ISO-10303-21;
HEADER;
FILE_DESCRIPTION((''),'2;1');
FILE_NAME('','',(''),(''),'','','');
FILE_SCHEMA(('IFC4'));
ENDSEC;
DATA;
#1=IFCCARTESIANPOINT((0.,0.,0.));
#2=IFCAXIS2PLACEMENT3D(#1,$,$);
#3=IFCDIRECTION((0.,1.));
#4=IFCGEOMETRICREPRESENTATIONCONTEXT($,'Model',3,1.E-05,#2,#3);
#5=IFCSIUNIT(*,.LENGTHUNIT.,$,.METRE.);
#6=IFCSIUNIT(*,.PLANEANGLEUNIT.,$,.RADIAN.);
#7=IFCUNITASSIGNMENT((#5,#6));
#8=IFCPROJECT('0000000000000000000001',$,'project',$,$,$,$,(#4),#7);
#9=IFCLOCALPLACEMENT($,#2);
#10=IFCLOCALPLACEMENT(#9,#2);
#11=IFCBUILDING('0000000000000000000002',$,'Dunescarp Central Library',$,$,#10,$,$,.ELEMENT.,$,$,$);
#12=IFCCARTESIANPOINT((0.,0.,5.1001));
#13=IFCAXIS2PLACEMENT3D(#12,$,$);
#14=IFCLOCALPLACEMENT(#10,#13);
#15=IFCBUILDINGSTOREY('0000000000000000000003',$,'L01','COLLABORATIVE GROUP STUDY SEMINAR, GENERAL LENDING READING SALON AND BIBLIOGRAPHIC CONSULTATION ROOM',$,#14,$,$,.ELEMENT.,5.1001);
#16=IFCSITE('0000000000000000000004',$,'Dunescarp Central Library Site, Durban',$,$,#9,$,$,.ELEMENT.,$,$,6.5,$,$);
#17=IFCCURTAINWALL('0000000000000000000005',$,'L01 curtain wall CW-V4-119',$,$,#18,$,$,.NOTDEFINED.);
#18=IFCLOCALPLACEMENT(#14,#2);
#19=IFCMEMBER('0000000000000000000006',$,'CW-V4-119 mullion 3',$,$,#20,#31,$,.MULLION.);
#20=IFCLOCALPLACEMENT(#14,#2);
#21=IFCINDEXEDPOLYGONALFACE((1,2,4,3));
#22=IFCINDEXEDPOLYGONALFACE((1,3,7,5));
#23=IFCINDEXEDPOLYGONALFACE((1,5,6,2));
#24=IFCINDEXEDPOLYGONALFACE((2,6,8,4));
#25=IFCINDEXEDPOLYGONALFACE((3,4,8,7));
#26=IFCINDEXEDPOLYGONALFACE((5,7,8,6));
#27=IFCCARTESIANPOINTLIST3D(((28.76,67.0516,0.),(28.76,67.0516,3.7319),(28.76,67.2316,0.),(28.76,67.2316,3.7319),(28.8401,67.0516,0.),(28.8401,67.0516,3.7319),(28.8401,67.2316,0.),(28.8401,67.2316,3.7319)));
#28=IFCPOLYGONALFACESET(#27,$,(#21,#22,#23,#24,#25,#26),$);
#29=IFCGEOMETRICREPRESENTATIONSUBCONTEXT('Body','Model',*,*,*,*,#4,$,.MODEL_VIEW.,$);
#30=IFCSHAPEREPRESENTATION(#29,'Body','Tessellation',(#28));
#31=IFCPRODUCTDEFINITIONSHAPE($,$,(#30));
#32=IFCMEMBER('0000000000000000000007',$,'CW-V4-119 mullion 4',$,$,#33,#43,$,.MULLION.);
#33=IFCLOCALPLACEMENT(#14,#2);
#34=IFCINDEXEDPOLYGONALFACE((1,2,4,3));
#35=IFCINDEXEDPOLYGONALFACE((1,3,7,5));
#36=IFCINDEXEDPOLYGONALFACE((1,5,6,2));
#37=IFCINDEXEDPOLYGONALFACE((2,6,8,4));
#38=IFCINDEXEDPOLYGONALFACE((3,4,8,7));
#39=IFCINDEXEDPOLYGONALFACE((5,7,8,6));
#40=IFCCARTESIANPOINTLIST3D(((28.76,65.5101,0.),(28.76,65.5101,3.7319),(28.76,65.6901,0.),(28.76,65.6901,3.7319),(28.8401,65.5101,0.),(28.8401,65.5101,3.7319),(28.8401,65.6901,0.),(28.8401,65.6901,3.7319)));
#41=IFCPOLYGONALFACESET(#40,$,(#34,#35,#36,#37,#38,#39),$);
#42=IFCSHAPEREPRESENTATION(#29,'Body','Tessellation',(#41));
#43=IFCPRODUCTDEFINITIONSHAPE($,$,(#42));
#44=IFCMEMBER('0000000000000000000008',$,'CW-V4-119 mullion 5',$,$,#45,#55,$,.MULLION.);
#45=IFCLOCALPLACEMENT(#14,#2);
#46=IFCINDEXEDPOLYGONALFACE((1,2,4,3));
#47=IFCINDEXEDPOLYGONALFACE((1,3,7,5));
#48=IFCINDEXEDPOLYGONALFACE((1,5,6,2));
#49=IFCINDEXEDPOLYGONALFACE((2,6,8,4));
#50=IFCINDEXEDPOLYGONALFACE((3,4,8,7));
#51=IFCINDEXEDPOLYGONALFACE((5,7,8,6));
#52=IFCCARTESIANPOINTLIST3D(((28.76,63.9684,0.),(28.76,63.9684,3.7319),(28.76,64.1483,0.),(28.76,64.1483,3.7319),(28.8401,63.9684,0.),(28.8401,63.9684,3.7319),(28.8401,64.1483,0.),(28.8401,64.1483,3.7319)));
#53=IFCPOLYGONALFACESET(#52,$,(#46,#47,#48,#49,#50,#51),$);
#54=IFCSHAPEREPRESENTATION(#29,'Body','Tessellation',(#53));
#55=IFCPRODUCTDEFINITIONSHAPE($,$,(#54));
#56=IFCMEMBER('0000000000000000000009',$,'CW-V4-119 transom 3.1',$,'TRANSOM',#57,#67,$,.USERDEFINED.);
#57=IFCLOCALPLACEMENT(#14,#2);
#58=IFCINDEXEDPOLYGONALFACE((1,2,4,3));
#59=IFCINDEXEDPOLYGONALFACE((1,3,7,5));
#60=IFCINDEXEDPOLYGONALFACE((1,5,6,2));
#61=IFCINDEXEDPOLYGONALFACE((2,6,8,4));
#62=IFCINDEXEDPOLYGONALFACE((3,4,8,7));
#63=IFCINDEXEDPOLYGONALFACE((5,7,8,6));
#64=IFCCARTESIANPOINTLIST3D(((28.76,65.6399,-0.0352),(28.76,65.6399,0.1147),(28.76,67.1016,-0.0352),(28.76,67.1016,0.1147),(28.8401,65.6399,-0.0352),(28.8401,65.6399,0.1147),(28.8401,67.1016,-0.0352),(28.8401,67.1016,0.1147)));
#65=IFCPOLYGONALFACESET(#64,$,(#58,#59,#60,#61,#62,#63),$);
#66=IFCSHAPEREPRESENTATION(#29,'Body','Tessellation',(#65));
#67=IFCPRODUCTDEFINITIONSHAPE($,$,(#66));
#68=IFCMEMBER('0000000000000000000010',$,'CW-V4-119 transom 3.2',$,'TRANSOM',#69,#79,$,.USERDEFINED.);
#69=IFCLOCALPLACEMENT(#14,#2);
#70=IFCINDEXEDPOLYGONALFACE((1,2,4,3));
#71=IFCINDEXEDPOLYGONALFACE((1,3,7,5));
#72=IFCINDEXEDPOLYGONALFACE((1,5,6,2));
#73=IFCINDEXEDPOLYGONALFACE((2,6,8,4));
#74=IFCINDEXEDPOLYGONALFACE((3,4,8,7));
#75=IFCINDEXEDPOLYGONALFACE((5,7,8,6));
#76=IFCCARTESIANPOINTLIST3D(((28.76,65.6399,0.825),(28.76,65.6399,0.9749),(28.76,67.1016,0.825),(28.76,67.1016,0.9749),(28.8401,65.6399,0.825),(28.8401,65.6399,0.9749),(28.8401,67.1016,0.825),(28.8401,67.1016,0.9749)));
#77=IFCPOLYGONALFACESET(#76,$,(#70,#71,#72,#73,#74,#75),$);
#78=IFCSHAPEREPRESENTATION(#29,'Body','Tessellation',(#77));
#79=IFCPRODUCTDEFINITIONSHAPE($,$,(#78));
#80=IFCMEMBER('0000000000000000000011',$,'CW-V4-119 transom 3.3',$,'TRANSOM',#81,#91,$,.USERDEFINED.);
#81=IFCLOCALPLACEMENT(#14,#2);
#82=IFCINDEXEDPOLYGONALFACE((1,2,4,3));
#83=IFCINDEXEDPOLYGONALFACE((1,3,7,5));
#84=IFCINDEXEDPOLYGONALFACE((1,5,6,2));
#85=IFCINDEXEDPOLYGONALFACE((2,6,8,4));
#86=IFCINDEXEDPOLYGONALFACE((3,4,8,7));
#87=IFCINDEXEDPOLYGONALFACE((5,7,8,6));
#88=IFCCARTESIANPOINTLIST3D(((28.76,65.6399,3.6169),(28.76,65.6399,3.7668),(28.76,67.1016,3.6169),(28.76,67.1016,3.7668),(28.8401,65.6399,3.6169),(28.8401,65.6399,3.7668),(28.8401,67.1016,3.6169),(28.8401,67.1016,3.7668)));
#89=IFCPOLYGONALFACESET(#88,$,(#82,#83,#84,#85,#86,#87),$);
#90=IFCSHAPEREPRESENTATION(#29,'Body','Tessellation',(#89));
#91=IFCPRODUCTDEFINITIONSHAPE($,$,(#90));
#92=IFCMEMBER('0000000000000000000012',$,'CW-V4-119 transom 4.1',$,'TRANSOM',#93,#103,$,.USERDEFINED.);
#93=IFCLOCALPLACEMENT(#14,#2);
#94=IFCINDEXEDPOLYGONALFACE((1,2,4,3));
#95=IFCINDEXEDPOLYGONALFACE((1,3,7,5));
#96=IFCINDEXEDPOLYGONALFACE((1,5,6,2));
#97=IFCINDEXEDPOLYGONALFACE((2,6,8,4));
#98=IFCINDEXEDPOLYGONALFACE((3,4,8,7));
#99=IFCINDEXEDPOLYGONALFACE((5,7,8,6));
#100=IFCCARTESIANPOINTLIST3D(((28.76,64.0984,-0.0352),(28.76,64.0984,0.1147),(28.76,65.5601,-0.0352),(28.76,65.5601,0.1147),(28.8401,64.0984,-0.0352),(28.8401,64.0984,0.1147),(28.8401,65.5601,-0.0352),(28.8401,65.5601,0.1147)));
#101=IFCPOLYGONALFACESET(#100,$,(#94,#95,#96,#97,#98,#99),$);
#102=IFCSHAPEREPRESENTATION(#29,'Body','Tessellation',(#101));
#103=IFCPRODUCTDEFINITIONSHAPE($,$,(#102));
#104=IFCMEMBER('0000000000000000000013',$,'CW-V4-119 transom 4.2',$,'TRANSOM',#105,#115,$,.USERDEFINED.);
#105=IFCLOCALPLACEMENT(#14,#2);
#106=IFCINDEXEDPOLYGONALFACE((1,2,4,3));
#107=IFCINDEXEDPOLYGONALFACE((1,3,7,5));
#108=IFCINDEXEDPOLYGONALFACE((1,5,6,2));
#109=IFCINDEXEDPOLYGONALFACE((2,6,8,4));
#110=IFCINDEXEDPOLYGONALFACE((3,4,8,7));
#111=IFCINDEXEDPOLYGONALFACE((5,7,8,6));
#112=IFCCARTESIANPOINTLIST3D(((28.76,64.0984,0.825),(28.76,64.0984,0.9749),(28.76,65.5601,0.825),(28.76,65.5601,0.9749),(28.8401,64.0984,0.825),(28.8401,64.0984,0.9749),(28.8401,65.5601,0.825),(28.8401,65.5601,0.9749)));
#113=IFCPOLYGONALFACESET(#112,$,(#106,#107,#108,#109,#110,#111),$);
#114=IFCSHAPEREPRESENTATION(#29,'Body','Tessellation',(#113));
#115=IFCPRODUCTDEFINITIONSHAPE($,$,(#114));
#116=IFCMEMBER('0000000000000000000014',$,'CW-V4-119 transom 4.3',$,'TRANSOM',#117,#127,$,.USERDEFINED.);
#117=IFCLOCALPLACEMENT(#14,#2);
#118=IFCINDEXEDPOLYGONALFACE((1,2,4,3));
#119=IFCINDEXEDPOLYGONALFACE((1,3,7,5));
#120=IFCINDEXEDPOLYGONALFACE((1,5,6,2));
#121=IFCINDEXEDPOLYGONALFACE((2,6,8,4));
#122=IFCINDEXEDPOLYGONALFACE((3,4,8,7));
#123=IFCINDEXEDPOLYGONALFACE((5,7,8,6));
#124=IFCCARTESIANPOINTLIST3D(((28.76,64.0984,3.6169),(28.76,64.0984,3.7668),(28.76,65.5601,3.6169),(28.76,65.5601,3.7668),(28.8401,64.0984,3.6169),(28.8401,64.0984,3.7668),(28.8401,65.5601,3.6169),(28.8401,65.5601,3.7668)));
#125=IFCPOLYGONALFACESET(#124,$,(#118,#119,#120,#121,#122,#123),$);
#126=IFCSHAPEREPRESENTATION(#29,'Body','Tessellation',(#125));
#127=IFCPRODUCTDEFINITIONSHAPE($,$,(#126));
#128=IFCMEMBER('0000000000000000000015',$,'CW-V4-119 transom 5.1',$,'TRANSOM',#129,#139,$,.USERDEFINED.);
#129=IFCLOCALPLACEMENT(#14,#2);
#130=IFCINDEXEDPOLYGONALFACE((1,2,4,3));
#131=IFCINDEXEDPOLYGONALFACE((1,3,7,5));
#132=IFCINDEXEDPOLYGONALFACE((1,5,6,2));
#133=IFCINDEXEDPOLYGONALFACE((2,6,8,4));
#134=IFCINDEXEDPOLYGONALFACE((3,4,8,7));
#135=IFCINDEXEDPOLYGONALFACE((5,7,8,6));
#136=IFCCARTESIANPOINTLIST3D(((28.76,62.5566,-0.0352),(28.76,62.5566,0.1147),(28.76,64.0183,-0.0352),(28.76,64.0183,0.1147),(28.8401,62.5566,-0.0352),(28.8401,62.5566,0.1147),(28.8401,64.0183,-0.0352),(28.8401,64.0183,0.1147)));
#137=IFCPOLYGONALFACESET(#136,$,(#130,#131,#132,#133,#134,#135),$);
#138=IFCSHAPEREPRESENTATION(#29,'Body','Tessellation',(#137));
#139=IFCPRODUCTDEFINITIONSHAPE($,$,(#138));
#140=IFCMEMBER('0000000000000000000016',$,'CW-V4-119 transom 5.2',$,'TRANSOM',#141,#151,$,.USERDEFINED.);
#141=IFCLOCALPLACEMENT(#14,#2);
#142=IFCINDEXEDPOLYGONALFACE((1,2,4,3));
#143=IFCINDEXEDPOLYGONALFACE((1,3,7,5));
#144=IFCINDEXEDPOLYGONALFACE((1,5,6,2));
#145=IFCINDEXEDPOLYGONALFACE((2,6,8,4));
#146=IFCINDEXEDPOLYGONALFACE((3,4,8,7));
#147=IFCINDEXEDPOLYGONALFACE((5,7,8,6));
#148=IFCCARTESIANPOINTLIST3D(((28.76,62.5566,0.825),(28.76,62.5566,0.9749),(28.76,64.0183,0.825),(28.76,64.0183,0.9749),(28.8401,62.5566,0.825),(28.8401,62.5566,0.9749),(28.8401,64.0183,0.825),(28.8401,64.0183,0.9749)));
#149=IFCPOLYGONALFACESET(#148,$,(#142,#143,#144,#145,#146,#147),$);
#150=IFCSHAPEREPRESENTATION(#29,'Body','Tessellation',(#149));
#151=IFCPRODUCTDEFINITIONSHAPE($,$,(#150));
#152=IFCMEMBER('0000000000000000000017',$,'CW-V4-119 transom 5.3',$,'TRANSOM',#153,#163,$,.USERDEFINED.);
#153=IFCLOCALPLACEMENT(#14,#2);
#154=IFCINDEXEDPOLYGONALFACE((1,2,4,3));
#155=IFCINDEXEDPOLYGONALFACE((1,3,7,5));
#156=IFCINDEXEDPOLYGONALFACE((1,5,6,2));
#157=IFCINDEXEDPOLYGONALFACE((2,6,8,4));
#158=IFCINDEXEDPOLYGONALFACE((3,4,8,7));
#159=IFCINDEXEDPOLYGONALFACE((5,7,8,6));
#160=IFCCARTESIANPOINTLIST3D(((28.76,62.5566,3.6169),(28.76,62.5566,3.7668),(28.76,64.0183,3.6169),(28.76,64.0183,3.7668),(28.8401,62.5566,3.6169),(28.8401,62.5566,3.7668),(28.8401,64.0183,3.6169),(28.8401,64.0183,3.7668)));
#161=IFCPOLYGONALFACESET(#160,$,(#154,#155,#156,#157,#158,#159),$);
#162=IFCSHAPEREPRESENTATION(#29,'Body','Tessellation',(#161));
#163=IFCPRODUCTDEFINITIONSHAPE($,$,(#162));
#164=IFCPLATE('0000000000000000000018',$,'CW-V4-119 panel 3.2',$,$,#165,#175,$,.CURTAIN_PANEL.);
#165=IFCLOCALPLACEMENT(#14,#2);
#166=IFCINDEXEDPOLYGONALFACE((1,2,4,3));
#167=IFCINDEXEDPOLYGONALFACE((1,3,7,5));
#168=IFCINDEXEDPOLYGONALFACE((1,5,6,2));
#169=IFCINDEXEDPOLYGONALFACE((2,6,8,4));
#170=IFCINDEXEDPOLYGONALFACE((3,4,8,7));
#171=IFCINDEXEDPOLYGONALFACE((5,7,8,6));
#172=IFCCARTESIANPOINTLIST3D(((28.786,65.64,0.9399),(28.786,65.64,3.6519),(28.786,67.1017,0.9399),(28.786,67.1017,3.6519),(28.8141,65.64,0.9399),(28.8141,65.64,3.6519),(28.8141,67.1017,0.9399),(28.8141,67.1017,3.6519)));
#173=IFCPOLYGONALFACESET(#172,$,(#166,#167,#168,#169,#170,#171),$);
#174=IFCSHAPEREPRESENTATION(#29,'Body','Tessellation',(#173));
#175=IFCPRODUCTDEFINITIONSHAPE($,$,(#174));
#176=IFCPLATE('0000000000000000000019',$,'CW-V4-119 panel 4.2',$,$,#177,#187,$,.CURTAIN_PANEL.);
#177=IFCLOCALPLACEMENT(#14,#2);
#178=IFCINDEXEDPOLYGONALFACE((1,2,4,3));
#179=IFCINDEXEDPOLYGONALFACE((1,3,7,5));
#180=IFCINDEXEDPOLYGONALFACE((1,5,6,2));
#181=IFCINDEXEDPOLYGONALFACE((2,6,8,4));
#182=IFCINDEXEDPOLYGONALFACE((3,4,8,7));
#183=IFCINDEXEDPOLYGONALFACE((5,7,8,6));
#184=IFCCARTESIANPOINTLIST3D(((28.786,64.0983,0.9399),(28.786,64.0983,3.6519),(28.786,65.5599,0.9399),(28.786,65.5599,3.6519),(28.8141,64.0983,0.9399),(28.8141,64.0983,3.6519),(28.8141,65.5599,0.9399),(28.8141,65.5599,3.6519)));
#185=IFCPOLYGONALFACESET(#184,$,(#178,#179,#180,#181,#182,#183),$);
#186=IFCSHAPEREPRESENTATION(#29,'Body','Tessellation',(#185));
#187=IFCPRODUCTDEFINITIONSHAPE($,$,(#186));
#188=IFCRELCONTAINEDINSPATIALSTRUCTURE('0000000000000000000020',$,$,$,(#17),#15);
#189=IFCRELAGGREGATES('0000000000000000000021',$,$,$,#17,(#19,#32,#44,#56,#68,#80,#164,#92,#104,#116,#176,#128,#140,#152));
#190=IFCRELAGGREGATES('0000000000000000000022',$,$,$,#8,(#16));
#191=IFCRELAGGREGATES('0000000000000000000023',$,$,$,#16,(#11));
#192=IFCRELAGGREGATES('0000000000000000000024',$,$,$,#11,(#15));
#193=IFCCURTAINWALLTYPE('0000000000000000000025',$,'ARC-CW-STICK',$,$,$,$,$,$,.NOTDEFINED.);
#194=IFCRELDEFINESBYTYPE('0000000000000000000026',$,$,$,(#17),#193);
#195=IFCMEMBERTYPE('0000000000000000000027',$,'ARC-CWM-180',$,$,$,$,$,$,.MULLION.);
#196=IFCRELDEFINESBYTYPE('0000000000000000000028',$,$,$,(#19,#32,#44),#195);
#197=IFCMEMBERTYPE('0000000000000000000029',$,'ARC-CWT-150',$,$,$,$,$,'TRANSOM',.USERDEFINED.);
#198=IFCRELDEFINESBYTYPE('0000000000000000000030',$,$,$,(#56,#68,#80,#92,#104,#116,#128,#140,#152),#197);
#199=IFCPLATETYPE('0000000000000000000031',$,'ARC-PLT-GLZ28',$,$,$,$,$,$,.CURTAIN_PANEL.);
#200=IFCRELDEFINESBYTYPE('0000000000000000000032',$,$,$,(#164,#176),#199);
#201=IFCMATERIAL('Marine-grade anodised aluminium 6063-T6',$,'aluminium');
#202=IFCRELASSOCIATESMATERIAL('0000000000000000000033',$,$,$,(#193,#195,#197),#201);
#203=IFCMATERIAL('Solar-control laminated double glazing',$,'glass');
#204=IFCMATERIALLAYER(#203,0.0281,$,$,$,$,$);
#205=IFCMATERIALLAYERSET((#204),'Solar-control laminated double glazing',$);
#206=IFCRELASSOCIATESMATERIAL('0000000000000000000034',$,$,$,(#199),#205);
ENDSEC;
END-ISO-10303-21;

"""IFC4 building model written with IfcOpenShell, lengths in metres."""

from ifc_helpers import new_model, si_unit, direction, frame, origin, origin_2d, place, context, subcontext, project, spatial, rectangle, extrude, material, layer, layer_set, material_profile, profile_set, type_object, element, aggregate, save


model = new_model("IFC4")

# Units and contexts
model_context = context("Model", 3, precision=1e-05, world=origin(), true_north=direction((0.0, 1.0)))
body_context = subcontext(model_context, "Body", "Model", "MODEL_VIEW")
ifc_project = project(units=[si_unit("LENGTHUNIT", "METRE"), si_unit("PLANEANGLEUNIT", "RADIAN")], contexts=[model_context])

# Site, building, storey
site_placement = place(None, origin())
site = spatial("IfcSite", under=ifc_project, at=site_placement, Name="Dunescarp Central Library Site, Durban", CompositionType="ELEMENT", RefElevation=6.5)
building_placement = place(site_placement, origin())
building = spatial("IfcBuilding", under=site, at=building_placement, Name="Dunescarp Central Library", CompositionType="ELEMENT")
storey_placement = place(building_placement, frame((0.0, 0.0, 5.1001)))
storey = spatial("IfcBuildingStorey", under=building, at=storey_placement, Name="L01", Description="COLLABORATIVE GROUP STUDY SEMINAR, GENERAL LENDING READING SALON AND BIBLIOGRAPHIC CONSULTATION ROOM", CompositionType="ELEMENT", Elevation=5.1001)

# Curtain wall, members, plates
ifc_material_1 = material(Name="Marine-grade anodised aluminium 6063-T6", Category="aluminium")
curtain_wall_type = type_object("IfcCurtainWallType", Name="ARC-CW-STICK", PredefinedType="NOTDEFINED", material=ifc_material_1)
curtain_wall_placement = place(storey_placement, origin())
curtain_wall = element("IfcCurtainWall", 1, at=curtain_wall_placement, inside=storey, type_object=curtain_wall_type, Name="L01 curtain wall CW-V4-119", PredefinedType="NOTDEFINED")
ifc_material_profile_1 = material_profile(ifc_material_1, rectangle(XDim=0.0801, YDim=0.1799, at=origin_2d()), Name="AL 80x180")
ifc_profile_set_1 = profile_set([ifc_material_profile_1], Name="Marine-grade anodised aluminium 6063-T6")
member_type_1 = type_object("IfcMemberType", Name="ARC-CWM-180", PredefinedType="MULLION", material=ifc_profile_set_1)
member_1_placement = place(storey_placement, frame((28.8, 67.1416, 0.0), z_axis=(0.0, 0.0, 1.0), x_axis=(1.0, 0.0, 0.0)))
member_1 = element("IfcMember", 2, at=member_1_placement, type_object=member_type_1, Name="CW-V4-119 mullion 3", PredefinedType="MULLION", context=body_context, shape_type="SweptSolid", body=[
    extrude(rectangle(XDim=0.0801, YDim=0.1799, at=origin_2d()), origin(), (0.0, 0.0, 1.0), 3.7319),
])
member_2_placement = place(storey_placement, frame((28.8, 65.6001, 0.0), z_axis=(0.0, 0.0, 1.0), x_axis=(1.0, 0.0, 0.0)))
member_2 = element("IfcMember", 3, at=member_2_placement, type_object=member_type_1, Name="CW-V4-119 mullion 4", PredefinedType="MULLION", context=body_context, shape_type="SweptSolid", body=[
    extrude(rectangle(XDim=0.0801, YDim=0.1799, at=origin_2d()), origin(), (0.0, 0.0, 1.0), 3.7319),
])
member_3_placement = place(storey_placement, frame((28.8, 64.0583, 0.0), z_axis=(0.0, 0.0, 1.0), x_axis=(1.0, 0.0, 0.0)))
member_3 = element("IfcMember", 4, at=member_3_placement, type_object=member_type_1, Name="CW-V4-119 mullion 5", PredefinedType="MULLION", context=body_context, shape_type="SweptSolid", body=[
    extrude(rectangle(XDim=0.0801, YDim=0.1799, at=origin_2d()), origin(), (0.0, 0.0, 1.0), 3.7319),
])
ifc_material_profile_2 = material_profile(ifc_material_1, rectangle(XDim=0.0801, YDim=0.1499, at=origin_2d()), Name="AL 80x150")
ifc_profile_set_2 = profile_set([ifc_material_profile_2], Name="Marine-grade anodised aluminium 6063-T6")
member_type_2 = type_object("IfcMemberType", Name="ARC-CWT-150", ElementType="TRANSOM", PredefinedType="USERDEFINED", material=ifc_profile_set_2)
member_4_placement = place(storey_placement, frame((28.8, 67.1016, 0.0398), z_axis=(0.0, -1.0, 0.0), x_axis=(1.0, 0.0, 0.0)))
member_4 = element("IfcMember", 5, at=member_4_placement, type_object=member_type_2, Name="CW-V4-119 transom 3.1", ObjectType="TRANSOM", PredefinedType="USERDEFINED", context=body_context, shape_type="SweptSolid", body=[
    extrude(rectangle(XDim=0.0801, YDim=0.1499, at=origin_2d()), origin(), (0.0, 0.0, 1.0), 1.4617),
])
member_5_placement = place(storey_placement, frame((28.8, 67.1016, 0.8999), z_axis=(0.0, -1.0, 0.0), x_axis=(1.0, 0.0, 0.0)))
member_5 = element("IfcMember", 6, at=member_5_placement, type_object=member_type_2, Name="CW-V4-119 transom 3.2", ObjectType="TRANSOM", PredefinedType="USERDEFINED", context=body_context, shape_type="SweptSolid", body=[
    extrude(rectangle(XDim=0.0801, YDim=0.1499, at=origin_2d()), origin(), (0.0, 0.0, 1.0), 1.4617),
])
member_6_placement = place(storey_placement, frame((28.8, 67.1016, 3.6919), z_axis=(0.0, -1.0, 0.0), x_axis=(1.0, 0.0, 0.0)))
member_6 = element("IfcMember", 7, at=member_6_placement, type_object=member_type_2, Name="CW-V4-119 transom 3.3", ObjectType="TRANSOM", PredefinedType="USERDEFINED", context=body_context, shape_type="SweptSolid", body=[
    extrude(rectangle(XDim=0.0801, YDim=0.1499, at=origin_2d()), origin(), (0.0, 0.0, 1.0), 1.4617),
])
member_7_placement = place(storey_placement, frame((28.8, 65.5601, 0.0398), z_axis=(0.0, -1.0, 0.0), x_axis=(1.0, 0.0, 0.0)))
member_7 = element("IfcMember", 8, at=member_7_placement, type_object=member_type_2, Name="CW-V4-119 transom 4.1", ObjectType="TRANSOM", PredefinedType="USERDEFINED", context=body_context, shape_type="SweptSolid", body=[
    extrude(rectangle(XDim=0.0801, YDim=0.1499, at=origin_2d()), origin(), (0.0, 0.0, 1.0), 1.4617),
])
member_8_placement = place(storey_placement, frame((28.8, 65.5601, 0.8999), z_axis=(0.0, -1.0, 0.0), x_axis=(1.0, 0.0, 0.0)))
member_8 = element("IfcMember", 9, at=member_8_placement, type_object=member_type_2, Name="CW-V4-119 transom 4.2", ObjectType="TRANSOM", PredefinedType="USERDEFINED", context=body_context, shape_type="SweptSolid", body=[
    extrude(rectangle(XDim=0.0801, YDim=0.1499, at=origin_2d()), origin(), (0.0, 0.0, 1.0), 1.4617),
])
member_9_placement = place(storey_placement, frame((28.8, 65.5601, 3.6919), z_axis=(0.0, -1.0, 0.0), x_axis=(1.0, 0.0, 0.0)))
member_9 = element("IfcMember", 10, at=member_9_placement, type_object=member_type_2, Name="CW-V4-119 transom 4.3", ObjectType="TRANSOM", PredefinedType="USERDEFINED", context=body_context, shape_type="SweptSolid", body=[
    extrude(rectangle(XDim=0.0801, YDim=0.1499, at=origin_2d()), origin(), (0.0, 0.0, 1.0), 1.4617),
])
member_10_placement = place(storey_placement, frame((28.8, 64.0183, 0.0398), z_axis=(0.0, -1.0, 0.0), x_axis=(1.0, 0.0, 0.0)))
member_10 = element("IfcMember", 11, at=member_10_placement, type_object=member_type_2, Name="CW-V4-119 transom 5.1", ObjectType="TRANSOM", PredefinedType="USERDEFINED", context=body_context, shape_type="SweptSolid", body=[
    extrude(rectangle(XDim=0.0801, YDim=0.1499, at=origin_2d()), origin(), (0.0, 0.0, 1.0), 1.4617),
])
member_11_placement = place(storey_placement, frame((28.8, 64.0183, 0.8999), z_axis=(0.0, -1.0, 0.0), x_axis=(1.0, 0.0, 0.0)))
member_11 = element("IfcMember", 12, at=member_11_placement, type_object=member_type_2, Name="CW-V4-119 transom 5.2", ObjectType="TRANSOM", PredefinedType="USERDEFINED", context=body_context, shape_type="SweptSolid", body=[
    extrude(rectangle(XDim=0.0801, YDim=0.1499, at=origin_2d()), origin(), (0.0, 0.0, 1.0), 1.4617),
])
member_12_placement = place(storey_placement, frame((28.8, 64.0183, 3.6919), z_axis=(0.0, -1.0, 0.0), x_axis=(1.0, 0.0, 0.0)))
member_12 = element("IfcMember", 13, at=member_12_placement, type_object=member_type_2, Name="CW-V4-119 transom 5.3", ObjectType="TRANSOM", PredefinedType="USERDEFINED", context=body_context, shape_type="SweptSolid", body=[
    extrude(rectangle(XDim=0.0801, YDim=0.1499, at=origin_2d()), origin(), (0.0, 0.0, 1.0), 1.4617),
])
ifc_material_2 = material(Name="Solar-control laminated double glazing", Category="glass")
ifc_layer_1 = layer(ifc_material_2, 0.0281)
ifc_layer_set_1 = layer_set([ifc_layer_1], Name="Solar-control laminated double glazing")
plate_type_1 = type_object("IfcPlateType", Name="ARC-PLT-GLZ28", PredefinedType="CURTAIN_PANEL", material=ifc_layer_set_1)
plate_1_placement = place(storey_placement, frame((28.8, 66.3708, 0.9399), z_axis=(0.0, 0.0, 1.0), x_axis=(0.0, -1.0, 0.0)))
plate_1 = element("IfcPlate", 14, at=plate_1_placement, type_object=plate_type_1, Name="CW-V4-119 panel 3.2", PredefinedType="CURTAIN_PANEL", context=body_context, shape_type="SweptSolid", body=[
    extrude(rectangle(XDim=1.4617, YDim=0.0281, at=origin_2d()), origin(), (0.0, 0.0, 1.0), 2.7119),
])
plate_2_placement = place(storey_placement, frame((28.8, 64.8291, 0.9399), z_axis=(0.0, 0.0, 1.0), x_axis=(0.0, -1.0, 0.0)))
plate_2 = element("IfcPlate", 15, at=plate_2_placement, type_object=plate_type_1, Name="CW-V4-119 panel 4.2", PredefinedType="CURTAIN_PANEL", context=body_context, shape_type="SweptSolid", body=[
    extrude(rectangle(XDim=1.4617, YDim=0.0281, at=origin_2d()), origin(), (0.0, 0.0, 1.0), 2.7119),
])
aggregate(curtain_wall, [member_1, member_2, member_3, member_4, member_5, member_6, plate_1, member_7, member_8, member_9, plate_2, member_10, member_11, member_12])

save(model, "model.ifc")
